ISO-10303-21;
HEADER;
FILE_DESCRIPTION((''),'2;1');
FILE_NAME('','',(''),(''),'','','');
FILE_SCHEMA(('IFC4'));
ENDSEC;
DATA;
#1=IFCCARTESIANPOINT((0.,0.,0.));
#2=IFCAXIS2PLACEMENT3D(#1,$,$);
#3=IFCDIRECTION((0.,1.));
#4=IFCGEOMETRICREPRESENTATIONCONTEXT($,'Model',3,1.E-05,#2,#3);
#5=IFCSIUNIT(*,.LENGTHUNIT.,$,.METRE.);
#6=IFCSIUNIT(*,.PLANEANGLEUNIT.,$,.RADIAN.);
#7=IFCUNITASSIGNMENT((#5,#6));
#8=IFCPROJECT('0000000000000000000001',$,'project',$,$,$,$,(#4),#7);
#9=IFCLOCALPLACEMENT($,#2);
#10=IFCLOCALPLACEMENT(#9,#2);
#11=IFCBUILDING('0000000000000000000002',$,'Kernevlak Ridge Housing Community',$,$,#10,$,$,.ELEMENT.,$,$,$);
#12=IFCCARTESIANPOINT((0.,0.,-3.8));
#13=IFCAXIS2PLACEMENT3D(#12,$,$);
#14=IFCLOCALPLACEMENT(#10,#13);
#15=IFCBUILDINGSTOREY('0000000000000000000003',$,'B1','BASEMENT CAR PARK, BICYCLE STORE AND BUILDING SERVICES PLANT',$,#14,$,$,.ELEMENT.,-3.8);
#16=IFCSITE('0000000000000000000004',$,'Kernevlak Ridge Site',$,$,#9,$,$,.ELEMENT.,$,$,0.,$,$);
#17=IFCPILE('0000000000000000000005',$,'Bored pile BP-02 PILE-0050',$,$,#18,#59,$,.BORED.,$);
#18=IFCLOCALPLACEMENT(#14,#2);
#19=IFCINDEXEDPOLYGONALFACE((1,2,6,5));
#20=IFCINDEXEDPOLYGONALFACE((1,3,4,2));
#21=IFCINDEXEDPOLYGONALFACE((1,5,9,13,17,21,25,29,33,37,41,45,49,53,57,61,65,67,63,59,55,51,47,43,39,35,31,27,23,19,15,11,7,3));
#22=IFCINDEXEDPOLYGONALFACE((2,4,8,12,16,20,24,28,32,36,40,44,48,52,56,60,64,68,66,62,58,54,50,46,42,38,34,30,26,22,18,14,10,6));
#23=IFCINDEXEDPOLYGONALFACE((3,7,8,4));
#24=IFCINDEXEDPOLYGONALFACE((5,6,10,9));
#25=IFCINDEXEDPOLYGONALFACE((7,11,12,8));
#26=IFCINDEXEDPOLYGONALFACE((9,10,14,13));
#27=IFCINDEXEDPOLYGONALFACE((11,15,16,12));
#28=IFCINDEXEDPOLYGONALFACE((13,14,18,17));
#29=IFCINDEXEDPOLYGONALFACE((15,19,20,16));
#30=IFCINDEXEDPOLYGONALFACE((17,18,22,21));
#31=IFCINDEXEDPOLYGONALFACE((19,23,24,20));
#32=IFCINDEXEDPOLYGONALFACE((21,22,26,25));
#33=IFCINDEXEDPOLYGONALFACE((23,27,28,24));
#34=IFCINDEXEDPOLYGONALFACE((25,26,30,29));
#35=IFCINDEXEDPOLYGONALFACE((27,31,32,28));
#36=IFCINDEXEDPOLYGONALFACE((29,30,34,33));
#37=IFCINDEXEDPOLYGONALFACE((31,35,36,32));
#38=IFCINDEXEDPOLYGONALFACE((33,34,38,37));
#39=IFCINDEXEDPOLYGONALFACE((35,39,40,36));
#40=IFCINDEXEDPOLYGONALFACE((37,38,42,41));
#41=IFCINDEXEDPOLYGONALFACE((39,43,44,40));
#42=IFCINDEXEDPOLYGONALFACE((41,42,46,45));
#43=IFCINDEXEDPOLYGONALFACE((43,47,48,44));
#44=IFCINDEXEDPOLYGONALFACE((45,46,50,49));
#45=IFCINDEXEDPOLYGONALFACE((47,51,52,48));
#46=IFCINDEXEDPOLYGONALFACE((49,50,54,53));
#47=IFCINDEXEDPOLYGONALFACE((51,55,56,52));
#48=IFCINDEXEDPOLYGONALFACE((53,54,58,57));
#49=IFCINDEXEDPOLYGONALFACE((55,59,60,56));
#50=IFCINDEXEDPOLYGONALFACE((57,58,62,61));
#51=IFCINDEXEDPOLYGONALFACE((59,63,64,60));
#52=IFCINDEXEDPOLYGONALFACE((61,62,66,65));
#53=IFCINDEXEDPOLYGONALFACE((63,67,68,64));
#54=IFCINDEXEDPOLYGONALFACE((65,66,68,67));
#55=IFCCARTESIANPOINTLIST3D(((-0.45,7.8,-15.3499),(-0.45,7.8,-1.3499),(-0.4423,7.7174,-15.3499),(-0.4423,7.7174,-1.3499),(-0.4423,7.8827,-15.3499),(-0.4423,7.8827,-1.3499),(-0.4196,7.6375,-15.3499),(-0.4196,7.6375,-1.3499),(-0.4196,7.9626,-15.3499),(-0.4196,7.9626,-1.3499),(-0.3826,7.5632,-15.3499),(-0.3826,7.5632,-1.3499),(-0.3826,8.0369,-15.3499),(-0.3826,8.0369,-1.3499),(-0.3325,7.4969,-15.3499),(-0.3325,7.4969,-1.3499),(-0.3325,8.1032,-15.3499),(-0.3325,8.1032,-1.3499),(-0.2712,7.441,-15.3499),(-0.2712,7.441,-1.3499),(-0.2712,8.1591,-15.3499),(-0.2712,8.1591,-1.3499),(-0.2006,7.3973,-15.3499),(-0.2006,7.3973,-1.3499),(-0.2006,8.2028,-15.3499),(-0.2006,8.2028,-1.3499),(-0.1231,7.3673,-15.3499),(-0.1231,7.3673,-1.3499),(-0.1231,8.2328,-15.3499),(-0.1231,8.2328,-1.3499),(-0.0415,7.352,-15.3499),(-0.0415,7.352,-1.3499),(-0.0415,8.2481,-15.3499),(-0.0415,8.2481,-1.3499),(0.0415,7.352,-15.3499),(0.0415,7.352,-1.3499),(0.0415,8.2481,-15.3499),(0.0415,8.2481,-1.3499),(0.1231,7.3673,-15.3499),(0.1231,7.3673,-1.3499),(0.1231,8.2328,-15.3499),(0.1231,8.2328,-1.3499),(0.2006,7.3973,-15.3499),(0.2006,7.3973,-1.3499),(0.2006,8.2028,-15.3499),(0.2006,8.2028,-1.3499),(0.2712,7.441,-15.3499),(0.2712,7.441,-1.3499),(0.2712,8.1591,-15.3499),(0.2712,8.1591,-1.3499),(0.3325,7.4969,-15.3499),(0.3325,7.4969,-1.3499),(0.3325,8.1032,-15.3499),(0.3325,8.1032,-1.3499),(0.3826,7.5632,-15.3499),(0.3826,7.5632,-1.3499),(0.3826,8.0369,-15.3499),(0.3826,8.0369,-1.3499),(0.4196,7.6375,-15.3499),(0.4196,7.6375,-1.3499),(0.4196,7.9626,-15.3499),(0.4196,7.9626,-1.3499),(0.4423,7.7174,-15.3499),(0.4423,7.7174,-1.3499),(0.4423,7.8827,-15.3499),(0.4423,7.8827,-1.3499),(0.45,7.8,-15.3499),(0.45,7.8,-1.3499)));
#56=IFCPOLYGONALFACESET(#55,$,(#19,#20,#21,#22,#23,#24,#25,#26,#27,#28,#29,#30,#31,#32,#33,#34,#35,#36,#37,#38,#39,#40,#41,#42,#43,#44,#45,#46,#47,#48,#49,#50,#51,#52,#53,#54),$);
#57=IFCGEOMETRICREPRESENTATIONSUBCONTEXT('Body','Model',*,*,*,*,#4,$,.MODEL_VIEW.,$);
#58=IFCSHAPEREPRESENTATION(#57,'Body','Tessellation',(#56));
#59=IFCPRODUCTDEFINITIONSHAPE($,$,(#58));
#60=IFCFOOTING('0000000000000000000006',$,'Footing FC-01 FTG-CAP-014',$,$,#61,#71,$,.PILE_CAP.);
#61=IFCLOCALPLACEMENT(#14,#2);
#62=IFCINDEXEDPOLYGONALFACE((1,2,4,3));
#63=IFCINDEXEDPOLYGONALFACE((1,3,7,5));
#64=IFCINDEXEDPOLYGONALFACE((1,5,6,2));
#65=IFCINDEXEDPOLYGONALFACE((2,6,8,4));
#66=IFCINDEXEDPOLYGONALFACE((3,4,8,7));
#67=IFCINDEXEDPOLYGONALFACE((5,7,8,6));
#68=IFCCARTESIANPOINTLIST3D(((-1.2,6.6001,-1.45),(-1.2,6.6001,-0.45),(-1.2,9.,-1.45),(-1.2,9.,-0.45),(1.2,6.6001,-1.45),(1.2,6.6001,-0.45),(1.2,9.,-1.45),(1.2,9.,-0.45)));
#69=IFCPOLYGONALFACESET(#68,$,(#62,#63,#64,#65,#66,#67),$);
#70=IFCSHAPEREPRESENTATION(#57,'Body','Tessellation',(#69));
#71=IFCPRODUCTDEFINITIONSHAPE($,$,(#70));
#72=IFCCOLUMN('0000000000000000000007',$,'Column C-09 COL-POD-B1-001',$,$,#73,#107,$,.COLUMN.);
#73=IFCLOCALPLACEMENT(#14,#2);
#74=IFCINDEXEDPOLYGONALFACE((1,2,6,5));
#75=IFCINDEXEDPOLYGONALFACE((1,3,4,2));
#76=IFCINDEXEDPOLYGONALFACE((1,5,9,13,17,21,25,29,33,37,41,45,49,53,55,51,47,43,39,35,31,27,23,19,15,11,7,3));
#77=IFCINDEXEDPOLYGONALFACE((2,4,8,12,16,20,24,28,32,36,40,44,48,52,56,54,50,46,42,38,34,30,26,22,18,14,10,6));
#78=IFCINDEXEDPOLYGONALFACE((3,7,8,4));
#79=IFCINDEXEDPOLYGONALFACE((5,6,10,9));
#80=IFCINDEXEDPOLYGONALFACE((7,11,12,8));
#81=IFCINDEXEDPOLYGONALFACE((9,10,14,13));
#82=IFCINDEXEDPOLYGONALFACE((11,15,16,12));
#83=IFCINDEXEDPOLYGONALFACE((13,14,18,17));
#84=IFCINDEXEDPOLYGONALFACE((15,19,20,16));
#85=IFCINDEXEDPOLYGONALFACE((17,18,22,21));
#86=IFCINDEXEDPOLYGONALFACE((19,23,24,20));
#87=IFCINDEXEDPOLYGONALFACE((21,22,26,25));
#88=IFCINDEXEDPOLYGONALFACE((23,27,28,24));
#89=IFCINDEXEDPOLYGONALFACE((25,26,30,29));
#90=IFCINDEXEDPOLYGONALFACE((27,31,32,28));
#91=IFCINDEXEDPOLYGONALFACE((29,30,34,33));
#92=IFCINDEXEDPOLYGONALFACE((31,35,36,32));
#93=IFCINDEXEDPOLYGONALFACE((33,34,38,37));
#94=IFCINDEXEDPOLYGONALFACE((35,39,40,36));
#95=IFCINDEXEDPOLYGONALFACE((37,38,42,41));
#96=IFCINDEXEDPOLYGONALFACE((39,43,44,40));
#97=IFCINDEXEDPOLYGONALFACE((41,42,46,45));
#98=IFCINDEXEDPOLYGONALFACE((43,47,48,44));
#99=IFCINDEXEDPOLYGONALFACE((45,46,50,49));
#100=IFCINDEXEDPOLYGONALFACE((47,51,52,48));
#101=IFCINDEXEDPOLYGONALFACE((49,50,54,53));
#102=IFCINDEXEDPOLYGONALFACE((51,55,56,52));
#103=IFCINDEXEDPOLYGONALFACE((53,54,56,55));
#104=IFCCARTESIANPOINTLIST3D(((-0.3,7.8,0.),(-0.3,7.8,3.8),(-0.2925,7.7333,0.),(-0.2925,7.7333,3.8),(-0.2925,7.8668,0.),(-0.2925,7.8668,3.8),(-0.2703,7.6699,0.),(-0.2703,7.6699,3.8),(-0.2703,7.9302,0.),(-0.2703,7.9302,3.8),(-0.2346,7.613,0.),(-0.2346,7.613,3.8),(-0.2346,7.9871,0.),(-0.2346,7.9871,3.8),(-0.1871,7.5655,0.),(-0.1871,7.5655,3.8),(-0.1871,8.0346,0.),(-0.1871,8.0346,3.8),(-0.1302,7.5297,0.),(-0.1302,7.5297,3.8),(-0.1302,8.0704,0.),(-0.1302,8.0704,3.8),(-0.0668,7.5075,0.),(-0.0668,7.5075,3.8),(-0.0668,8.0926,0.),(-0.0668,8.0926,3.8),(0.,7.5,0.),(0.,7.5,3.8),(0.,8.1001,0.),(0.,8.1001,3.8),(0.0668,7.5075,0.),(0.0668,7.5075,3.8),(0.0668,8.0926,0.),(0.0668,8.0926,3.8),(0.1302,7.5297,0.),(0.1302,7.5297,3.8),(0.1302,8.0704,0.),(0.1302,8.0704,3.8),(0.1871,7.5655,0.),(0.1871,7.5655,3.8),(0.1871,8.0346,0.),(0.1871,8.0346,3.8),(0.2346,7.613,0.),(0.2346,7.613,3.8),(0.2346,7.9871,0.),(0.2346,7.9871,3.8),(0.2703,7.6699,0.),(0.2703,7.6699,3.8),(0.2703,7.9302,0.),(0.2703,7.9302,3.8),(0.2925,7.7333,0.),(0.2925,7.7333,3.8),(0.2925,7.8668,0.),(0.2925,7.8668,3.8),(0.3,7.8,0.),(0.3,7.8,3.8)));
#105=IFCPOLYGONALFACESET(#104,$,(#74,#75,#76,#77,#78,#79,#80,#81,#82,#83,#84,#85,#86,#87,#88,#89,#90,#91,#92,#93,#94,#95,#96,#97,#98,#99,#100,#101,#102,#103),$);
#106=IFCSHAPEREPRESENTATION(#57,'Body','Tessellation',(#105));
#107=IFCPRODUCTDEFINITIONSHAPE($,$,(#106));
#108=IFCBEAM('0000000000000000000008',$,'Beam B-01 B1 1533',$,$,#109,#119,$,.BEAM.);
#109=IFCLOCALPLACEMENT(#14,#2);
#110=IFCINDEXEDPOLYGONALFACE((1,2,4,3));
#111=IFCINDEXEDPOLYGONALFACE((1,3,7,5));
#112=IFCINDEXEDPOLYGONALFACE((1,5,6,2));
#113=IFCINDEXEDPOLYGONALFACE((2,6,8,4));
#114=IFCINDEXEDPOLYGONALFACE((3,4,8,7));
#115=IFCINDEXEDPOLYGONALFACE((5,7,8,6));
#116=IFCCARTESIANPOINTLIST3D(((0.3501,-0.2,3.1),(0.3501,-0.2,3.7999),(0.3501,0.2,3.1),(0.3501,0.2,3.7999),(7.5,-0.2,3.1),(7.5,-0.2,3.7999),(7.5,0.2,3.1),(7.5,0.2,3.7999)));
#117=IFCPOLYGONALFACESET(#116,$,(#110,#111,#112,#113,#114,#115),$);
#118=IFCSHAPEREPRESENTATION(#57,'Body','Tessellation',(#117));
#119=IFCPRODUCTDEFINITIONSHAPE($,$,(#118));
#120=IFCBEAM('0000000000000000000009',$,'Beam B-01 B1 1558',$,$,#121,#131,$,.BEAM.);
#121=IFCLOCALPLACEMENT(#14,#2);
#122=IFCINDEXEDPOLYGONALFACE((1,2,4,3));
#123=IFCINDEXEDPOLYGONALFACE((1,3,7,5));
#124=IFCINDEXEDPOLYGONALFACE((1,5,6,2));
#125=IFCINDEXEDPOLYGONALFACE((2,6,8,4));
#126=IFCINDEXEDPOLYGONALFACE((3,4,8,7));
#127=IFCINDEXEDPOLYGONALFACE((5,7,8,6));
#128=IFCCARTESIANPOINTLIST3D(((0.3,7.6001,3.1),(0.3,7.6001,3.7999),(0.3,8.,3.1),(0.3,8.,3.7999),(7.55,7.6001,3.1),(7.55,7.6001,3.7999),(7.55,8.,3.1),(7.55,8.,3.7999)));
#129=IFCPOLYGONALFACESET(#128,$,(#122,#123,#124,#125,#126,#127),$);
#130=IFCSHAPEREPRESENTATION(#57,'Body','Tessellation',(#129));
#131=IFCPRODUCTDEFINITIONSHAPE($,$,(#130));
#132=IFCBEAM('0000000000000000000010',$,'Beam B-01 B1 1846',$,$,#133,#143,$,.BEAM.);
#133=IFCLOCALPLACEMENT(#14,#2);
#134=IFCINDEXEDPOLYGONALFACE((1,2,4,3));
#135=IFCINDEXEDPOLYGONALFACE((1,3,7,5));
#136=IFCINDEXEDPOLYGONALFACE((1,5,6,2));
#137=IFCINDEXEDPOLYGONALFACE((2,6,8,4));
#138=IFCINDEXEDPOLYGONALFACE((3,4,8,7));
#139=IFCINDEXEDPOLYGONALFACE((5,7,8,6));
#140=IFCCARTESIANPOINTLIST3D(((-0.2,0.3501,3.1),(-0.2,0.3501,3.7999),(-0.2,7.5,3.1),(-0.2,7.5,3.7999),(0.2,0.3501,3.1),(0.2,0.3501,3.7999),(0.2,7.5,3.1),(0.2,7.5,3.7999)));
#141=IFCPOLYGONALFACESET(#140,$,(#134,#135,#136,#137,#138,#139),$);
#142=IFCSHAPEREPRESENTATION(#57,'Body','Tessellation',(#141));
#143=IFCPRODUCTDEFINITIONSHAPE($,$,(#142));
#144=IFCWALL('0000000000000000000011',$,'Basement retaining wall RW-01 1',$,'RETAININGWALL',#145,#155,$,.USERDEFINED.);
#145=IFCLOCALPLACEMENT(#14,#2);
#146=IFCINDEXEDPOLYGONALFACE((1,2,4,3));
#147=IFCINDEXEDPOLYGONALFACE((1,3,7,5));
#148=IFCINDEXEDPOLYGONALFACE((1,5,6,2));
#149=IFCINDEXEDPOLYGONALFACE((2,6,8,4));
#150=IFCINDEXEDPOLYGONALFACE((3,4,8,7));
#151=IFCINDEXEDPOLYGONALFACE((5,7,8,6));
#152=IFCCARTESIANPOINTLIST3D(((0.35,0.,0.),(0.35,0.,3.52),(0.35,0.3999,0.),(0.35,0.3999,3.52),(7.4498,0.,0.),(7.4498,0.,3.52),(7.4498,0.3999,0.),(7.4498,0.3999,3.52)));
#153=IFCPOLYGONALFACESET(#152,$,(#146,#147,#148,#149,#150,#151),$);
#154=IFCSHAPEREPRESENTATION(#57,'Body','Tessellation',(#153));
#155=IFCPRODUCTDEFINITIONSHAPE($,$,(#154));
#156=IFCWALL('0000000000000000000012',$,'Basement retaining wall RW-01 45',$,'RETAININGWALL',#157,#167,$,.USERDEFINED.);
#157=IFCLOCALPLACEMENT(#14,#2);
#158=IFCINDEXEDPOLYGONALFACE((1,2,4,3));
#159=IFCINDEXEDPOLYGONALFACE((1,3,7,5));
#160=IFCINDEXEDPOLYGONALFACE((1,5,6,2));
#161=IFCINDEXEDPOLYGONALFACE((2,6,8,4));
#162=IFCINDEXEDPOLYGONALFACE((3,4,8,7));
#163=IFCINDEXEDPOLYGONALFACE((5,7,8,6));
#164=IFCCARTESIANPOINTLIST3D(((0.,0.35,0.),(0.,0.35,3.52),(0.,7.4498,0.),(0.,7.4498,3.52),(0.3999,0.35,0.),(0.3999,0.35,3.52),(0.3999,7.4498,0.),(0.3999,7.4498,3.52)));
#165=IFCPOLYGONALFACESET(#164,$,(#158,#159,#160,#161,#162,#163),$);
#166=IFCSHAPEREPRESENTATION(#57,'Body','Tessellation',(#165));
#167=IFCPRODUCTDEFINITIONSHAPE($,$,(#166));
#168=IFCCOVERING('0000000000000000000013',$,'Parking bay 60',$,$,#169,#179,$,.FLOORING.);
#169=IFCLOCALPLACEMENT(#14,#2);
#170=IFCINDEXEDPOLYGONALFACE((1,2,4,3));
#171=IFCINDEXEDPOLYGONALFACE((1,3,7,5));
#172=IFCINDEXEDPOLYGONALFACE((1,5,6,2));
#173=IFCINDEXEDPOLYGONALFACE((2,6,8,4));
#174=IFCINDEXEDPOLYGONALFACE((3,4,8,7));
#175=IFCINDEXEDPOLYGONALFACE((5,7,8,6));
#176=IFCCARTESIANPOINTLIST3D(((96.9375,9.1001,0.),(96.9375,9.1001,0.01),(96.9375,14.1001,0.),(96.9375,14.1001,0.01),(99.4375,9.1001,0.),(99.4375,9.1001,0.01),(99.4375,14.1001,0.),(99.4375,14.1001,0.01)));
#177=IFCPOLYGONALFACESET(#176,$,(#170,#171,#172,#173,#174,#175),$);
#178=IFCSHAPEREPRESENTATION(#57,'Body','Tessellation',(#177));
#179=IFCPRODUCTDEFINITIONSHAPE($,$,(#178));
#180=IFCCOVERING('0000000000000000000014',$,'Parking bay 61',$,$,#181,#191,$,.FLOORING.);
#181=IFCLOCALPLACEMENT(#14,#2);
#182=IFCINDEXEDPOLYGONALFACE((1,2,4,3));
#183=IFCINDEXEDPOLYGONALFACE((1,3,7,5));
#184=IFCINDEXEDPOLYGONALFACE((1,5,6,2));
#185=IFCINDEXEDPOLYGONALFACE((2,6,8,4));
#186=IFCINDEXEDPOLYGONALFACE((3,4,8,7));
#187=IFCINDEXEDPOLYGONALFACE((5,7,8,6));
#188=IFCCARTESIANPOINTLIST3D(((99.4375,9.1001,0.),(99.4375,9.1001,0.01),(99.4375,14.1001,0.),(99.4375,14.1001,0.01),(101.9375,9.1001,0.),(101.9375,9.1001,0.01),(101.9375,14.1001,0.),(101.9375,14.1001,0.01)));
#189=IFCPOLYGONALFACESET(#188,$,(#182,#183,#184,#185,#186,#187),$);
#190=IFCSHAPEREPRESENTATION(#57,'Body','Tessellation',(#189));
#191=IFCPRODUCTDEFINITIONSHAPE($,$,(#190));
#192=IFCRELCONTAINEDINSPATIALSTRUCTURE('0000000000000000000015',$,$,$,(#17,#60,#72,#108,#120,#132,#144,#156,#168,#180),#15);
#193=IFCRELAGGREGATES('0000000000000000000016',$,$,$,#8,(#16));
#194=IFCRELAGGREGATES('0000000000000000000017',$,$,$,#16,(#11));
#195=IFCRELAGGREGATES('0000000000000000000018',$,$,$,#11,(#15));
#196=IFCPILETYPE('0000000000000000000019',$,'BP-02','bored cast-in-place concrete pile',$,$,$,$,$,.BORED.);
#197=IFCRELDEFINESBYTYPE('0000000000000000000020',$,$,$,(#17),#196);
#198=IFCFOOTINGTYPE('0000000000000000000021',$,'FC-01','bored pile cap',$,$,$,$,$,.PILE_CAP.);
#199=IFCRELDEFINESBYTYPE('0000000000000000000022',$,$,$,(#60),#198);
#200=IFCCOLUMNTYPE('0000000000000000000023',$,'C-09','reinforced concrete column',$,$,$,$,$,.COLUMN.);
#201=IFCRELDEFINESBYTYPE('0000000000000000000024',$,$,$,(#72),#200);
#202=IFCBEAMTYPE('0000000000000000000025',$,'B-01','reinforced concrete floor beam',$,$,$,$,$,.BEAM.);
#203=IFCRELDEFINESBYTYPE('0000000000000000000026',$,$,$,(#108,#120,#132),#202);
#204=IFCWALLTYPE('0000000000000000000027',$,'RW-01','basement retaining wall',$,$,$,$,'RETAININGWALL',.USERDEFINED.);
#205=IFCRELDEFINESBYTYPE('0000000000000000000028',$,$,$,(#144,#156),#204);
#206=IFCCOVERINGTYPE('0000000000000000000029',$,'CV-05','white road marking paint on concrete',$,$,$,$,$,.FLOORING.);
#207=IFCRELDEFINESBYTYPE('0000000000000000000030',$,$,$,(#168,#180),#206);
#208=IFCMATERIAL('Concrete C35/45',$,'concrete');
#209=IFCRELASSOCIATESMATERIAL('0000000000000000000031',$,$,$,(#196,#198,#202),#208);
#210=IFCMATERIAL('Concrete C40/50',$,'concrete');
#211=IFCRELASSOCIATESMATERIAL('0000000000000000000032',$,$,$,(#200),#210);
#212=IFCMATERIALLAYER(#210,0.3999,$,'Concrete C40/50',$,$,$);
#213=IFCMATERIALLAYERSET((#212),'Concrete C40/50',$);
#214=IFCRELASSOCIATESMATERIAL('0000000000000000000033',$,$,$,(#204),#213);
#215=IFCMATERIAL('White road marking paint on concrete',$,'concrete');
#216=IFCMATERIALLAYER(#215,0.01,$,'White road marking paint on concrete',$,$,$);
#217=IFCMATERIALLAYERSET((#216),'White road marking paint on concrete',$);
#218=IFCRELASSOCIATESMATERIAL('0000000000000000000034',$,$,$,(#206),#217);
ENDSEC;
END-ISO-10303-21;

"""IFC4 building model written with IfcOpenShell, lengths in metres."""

from ifc_helpers import new_model, si_unit, direction, frame, frame_2d, origin, origin_2d, place, context, subcontext, project, spatial, polyline, rectangle, circle, outline, extrude, material, layer, layer_set, material_profile, profile_set, type_object, element, save


model = new_model("IFC4")

# Units and contexts
model_context = context("Model", 3, precision=1e-05, world=origin(), true_north=direction((0.0, 1.0)))
body_context = subcontext(model_context, "Body", "Model", "MODEL_VIEW")
ifc_project = project(units=[si_unit("LENGTHUNIT", "METRE"), si_unit("PLANEANGLEUNIT", "RADIAN")], contexts=[model_context])

# Site, building, storey
site_placement = place(None, origin())
site = spatial("IfcSite", under=ifc_project, at=site_placement, Name="Kernevlak Ridge Site", CompositionType="ELEMENT", RefElevation=0.0)
building_placement = place(site_placement, origin())
building = spatial("IfcBuilding", under=site, at=building_placement, Name="Kernevlak Ridge Housing Community", CompositionType="ELEMENT")
storey_placement = place(building_placement, frame((0.0, 0.0, -3.8)))
storey = spatial("IfcBuildingStorey", under=building, at=storey_placement, Name="B1", Description="BASEMENT CAR PARK, BICYCLE STORE AND BUILDING SERVICES PLANT", CompositionType="ELEMENT", Elevation=-3.8)

# Pile
ifc_material_1 = material(Name="Concrete C35/45", Category="concrete")
ifc_material_profile_1 = material_profile(ifc_material_1, circle(Radius=0.45, at=origin_2d()), Name="BORED PILE 900")
ifc_profile_set_1 = profile_set([ifc_material_profile_1], Name="Concrete C35/45")
pile_type = type_object("IfcPileType", Name="BP-02", Description="bored cast-in-place concrete pile", PredefinedType="BORED", material=ifc_profile_set_1)
pile_placement = place(storey_placement, frame((0.0, 7.8, -1.3499), z_axis=(0.0, 0.0, -1.0), x_axis=(1.0, 0.0, 0.0)))
element("IfcPile", 1, at=pile_placement, inside=storey, type_object=pile_type, Name="Bored pile BP-02 PILE-0050", PredefinedType="BORED", context=body_context, shape_type="SweptSolid", body=[
    extrude(circle(Radius=0.45, at=origin_2d()), origin(), (0.0, 0.0, 1.0), 14.0),
])

# Footing
footing_type = type_object("IfcFootingType", Name="FC-01", Description="bored pile cap", PredefinedType="PILE_CAP", material=ifc_material_1)
footing_placement = place(storey_placement, frame((0.0, 7.8, -1.45), z_axis=(0.0, 0.0, 1.0), x_axis=(1.0, 0.0, 0.0)))
element("IfcFooting", 2, at=footing_placement, inside=storey, type_object=footing_type, Name="Footing FC-01 FTG-CAP-014", PredefinedType="PILE_CAP", context=body_context, shape_type="SweptSolid", body=[
    extrude(rectangle(XDim=2.3999, YDim=2.3999, at=origin_2d()), origin(), (0.0, 0.0, 1.0), 1.0),
])

# Column
ifc_material_2 = material(Name="Concrete C40/50", Category="concrete")
ifc_material_profile_2 = material_profile(ifc_material_2, circle(Radius=0.3, at=origin_2d()), Name="RC D600")
ifc_profile_set_2 = profile_set([ifc_material_profile_2], Name="Concrete C40/50")
column_type = type_object("IfcColumnType", Name="C-09", Description="reinforced concrete column", PredefinedType="COLUMN", material=ifc_profile_set_2)
column_placement = place(storey_placement, frame((0.0, 7.8, 0.0), z_axis=(0.0, 0.0, 1.0), x_axis=(1.0, 0.0, 0.0)))
element("IfcColumn", 3, at=column_placement, inside=storey, type_object=column_type, Name="Column C-09 COL-POD-B1-001", PredefinedType="COLUMN", context=body_context, shape_type="SweptSolid", body=[
    extrude(circle(Radius=0.3, at=origin_2d()), origin(), (0.0, 0.0, 1.0), 3.8),
])

# Beams
ifc_material_profile_3 = material_profile(ifc_material_1, rectangle(XDim=0.3999, YDim=0.7, at=origin_2d()), Name="RC 400x700")
ifc_profile_set_3 = profile_set([ifc_material_profile_3], Name="Concrete C35/45")
beam_type = type_object("IfcBeamType", Name="B-01", Description="reinforced concrete floor beam", PredefinedType="BEAM", material=ifc_profile_set_3)
beam_1_placement = place(storey_placement, frame((0.3501, 0.0, 3.45), z_axis=(1.0, 0.0, 0.0), x_axis=(0.0, 1.0, 0.0)))
element("IfcBeam", 4, at=beam_1_placement, inside=storey, type_object=beam_type, Name="Beam B-01 B1 1533", PredefinedType="BEAM", context=body_context, shape_type="SweptSolid", body=[
    extrude(rectangle(XDim=0.3999, YDim=0.7, at=origin_2d()), origin(), (0.0, 0.0, 1.0), 7.1499),
])
beam_2_placement = place(storey_placement, frame((0.3, 7.8, 3.45), z_axis=(1.0, 0.0, 0.0), x_axis=(0.0, 1.0, 0.0)))
element("IfcBeam", 5, at=beam_2_placement, inside=storey, type_object=beam_type, Name="Beam B-01 B1 1558", PredefinedType="BEAM", context=body_context, shape_type="SweptSolid", body=[
    extrude(rectangle(XDim=0.3999, YDim=0.7, at=origin_2d()), origin(), (0.0, 0.0, 1.0), 7.25),
])
beam_3_placement = place(storey_placement, frame((0.0, 0.3501, 3.45), z_axis=(0.0, 1.0, 0.0), x_axis=(-1.0, 0.0, 0.0)))
element("IfcBeam", 6, at=beam_3_placement, inside=storey, type_object=beam_type, Name="Beam B-01 B1 1846", PredefinedType="BEAM", context=body_context, shape_type="SweptSolid", body=[
    extrude(rectangle(XDim=0.3999, YDim=0.7, at=origin_2d()), origin(), (0.0, 0.0, 1.0), 7.1499),
])

# Walls
ifc_layer_1 = layer(ifc_material_2, 0.3999, Name="Concrete C40/50")
ifc_layer_set_1 = layer_set([ifc_layer_1], Name="Concrete C40/50")
wall_type = type_object("IfcWallType", Name="RW-01", Description="basement retaining wall", ElementType="RETAININGWALL", PredefinedType="USERDEFINED", material=ifc_layer_set_1)
for number, where, z_axis, x_axis, name in (
    (7, (0.3501, 0.2, 0.0), (0.0, 0.0, 1.0), (1.0, 0.0, 0.0), "Basement retaining wall RW-01 1"),
    (8, (0.2, 0.3501, 0.0), (0.0, 0.0, 1.0), (0.0, 1.0, 0.0), "Basement retaining wall RW-01 45"),
):
    element("IfcWall", number, at=place(storey_placement, frame(where, z_axis=z_axis, x_axis=x_axis)), inside=storey, type_object=wall_type, Name=name, ObjectType="RETAININGWALL", PredefinedType="USERDEFINED", context=body_context, shape_type="SweptSolid", body=[
        extrude(rectangle(XDim=7.0999, YDim=0.3999, at=frame_2d((3.5498, 0.0))), origin(), (0.0, 0.0, 1.0), 3.52),
    ])

# Coverings
ifc_material_3 = material(Name="White road marking paint on concrete", Category="concrete")
ifc_layer_2 = layer(ifc_material_3, 0.01, Name="White road marking paint on concrete")
ifc_layer_set_2 = layer_set([ifc_layer_2], Name="White road marking paint on concrete")
covering_type = type_object("IfcCoveringType", Name="CV-05", Description="white road marking paint on concrete", PredefinedType="FLOORING", material=ifc_layer_set_2)
covering_1_placement = place(storey_placement, origin())
element("IfcCovering", 9, at=covering_1_placement, inside=storey, type_object=covering_type, Name="Parking bay 60", PredefinedType="FLOORING", context=body_context, shape_type="SweptSolid", body=[
    extrude(outline(polyline([(96.9375, 9.1001), (99.4375, 9.1001), (99.4375, 14.1001), (96.9375, 14.1001), (96.9375, 9.1001)])), origin(), (0.0, 0.0, 1.0), 0.01),
])
covering_2_placement = place(storey_placement, origin())
element("IfcCovering", 10, at=covering_2_placement, inside=storey, type_object=covering_type, Name="Parking bay 61", PredefinedType="FLOORING", context=body_context, shape_type="SweptSolid", body=[
    extrude(outline(polyline([(99.4375, 9.1001), (101.9375, 9.1001), (101.9375, 14.1001), (99.4375, 14.1001), (99.4375, 9.1001)])), origin(), (0.0, 0.0, 1.0), 0.01),
])

save(model, "model.ifc")
